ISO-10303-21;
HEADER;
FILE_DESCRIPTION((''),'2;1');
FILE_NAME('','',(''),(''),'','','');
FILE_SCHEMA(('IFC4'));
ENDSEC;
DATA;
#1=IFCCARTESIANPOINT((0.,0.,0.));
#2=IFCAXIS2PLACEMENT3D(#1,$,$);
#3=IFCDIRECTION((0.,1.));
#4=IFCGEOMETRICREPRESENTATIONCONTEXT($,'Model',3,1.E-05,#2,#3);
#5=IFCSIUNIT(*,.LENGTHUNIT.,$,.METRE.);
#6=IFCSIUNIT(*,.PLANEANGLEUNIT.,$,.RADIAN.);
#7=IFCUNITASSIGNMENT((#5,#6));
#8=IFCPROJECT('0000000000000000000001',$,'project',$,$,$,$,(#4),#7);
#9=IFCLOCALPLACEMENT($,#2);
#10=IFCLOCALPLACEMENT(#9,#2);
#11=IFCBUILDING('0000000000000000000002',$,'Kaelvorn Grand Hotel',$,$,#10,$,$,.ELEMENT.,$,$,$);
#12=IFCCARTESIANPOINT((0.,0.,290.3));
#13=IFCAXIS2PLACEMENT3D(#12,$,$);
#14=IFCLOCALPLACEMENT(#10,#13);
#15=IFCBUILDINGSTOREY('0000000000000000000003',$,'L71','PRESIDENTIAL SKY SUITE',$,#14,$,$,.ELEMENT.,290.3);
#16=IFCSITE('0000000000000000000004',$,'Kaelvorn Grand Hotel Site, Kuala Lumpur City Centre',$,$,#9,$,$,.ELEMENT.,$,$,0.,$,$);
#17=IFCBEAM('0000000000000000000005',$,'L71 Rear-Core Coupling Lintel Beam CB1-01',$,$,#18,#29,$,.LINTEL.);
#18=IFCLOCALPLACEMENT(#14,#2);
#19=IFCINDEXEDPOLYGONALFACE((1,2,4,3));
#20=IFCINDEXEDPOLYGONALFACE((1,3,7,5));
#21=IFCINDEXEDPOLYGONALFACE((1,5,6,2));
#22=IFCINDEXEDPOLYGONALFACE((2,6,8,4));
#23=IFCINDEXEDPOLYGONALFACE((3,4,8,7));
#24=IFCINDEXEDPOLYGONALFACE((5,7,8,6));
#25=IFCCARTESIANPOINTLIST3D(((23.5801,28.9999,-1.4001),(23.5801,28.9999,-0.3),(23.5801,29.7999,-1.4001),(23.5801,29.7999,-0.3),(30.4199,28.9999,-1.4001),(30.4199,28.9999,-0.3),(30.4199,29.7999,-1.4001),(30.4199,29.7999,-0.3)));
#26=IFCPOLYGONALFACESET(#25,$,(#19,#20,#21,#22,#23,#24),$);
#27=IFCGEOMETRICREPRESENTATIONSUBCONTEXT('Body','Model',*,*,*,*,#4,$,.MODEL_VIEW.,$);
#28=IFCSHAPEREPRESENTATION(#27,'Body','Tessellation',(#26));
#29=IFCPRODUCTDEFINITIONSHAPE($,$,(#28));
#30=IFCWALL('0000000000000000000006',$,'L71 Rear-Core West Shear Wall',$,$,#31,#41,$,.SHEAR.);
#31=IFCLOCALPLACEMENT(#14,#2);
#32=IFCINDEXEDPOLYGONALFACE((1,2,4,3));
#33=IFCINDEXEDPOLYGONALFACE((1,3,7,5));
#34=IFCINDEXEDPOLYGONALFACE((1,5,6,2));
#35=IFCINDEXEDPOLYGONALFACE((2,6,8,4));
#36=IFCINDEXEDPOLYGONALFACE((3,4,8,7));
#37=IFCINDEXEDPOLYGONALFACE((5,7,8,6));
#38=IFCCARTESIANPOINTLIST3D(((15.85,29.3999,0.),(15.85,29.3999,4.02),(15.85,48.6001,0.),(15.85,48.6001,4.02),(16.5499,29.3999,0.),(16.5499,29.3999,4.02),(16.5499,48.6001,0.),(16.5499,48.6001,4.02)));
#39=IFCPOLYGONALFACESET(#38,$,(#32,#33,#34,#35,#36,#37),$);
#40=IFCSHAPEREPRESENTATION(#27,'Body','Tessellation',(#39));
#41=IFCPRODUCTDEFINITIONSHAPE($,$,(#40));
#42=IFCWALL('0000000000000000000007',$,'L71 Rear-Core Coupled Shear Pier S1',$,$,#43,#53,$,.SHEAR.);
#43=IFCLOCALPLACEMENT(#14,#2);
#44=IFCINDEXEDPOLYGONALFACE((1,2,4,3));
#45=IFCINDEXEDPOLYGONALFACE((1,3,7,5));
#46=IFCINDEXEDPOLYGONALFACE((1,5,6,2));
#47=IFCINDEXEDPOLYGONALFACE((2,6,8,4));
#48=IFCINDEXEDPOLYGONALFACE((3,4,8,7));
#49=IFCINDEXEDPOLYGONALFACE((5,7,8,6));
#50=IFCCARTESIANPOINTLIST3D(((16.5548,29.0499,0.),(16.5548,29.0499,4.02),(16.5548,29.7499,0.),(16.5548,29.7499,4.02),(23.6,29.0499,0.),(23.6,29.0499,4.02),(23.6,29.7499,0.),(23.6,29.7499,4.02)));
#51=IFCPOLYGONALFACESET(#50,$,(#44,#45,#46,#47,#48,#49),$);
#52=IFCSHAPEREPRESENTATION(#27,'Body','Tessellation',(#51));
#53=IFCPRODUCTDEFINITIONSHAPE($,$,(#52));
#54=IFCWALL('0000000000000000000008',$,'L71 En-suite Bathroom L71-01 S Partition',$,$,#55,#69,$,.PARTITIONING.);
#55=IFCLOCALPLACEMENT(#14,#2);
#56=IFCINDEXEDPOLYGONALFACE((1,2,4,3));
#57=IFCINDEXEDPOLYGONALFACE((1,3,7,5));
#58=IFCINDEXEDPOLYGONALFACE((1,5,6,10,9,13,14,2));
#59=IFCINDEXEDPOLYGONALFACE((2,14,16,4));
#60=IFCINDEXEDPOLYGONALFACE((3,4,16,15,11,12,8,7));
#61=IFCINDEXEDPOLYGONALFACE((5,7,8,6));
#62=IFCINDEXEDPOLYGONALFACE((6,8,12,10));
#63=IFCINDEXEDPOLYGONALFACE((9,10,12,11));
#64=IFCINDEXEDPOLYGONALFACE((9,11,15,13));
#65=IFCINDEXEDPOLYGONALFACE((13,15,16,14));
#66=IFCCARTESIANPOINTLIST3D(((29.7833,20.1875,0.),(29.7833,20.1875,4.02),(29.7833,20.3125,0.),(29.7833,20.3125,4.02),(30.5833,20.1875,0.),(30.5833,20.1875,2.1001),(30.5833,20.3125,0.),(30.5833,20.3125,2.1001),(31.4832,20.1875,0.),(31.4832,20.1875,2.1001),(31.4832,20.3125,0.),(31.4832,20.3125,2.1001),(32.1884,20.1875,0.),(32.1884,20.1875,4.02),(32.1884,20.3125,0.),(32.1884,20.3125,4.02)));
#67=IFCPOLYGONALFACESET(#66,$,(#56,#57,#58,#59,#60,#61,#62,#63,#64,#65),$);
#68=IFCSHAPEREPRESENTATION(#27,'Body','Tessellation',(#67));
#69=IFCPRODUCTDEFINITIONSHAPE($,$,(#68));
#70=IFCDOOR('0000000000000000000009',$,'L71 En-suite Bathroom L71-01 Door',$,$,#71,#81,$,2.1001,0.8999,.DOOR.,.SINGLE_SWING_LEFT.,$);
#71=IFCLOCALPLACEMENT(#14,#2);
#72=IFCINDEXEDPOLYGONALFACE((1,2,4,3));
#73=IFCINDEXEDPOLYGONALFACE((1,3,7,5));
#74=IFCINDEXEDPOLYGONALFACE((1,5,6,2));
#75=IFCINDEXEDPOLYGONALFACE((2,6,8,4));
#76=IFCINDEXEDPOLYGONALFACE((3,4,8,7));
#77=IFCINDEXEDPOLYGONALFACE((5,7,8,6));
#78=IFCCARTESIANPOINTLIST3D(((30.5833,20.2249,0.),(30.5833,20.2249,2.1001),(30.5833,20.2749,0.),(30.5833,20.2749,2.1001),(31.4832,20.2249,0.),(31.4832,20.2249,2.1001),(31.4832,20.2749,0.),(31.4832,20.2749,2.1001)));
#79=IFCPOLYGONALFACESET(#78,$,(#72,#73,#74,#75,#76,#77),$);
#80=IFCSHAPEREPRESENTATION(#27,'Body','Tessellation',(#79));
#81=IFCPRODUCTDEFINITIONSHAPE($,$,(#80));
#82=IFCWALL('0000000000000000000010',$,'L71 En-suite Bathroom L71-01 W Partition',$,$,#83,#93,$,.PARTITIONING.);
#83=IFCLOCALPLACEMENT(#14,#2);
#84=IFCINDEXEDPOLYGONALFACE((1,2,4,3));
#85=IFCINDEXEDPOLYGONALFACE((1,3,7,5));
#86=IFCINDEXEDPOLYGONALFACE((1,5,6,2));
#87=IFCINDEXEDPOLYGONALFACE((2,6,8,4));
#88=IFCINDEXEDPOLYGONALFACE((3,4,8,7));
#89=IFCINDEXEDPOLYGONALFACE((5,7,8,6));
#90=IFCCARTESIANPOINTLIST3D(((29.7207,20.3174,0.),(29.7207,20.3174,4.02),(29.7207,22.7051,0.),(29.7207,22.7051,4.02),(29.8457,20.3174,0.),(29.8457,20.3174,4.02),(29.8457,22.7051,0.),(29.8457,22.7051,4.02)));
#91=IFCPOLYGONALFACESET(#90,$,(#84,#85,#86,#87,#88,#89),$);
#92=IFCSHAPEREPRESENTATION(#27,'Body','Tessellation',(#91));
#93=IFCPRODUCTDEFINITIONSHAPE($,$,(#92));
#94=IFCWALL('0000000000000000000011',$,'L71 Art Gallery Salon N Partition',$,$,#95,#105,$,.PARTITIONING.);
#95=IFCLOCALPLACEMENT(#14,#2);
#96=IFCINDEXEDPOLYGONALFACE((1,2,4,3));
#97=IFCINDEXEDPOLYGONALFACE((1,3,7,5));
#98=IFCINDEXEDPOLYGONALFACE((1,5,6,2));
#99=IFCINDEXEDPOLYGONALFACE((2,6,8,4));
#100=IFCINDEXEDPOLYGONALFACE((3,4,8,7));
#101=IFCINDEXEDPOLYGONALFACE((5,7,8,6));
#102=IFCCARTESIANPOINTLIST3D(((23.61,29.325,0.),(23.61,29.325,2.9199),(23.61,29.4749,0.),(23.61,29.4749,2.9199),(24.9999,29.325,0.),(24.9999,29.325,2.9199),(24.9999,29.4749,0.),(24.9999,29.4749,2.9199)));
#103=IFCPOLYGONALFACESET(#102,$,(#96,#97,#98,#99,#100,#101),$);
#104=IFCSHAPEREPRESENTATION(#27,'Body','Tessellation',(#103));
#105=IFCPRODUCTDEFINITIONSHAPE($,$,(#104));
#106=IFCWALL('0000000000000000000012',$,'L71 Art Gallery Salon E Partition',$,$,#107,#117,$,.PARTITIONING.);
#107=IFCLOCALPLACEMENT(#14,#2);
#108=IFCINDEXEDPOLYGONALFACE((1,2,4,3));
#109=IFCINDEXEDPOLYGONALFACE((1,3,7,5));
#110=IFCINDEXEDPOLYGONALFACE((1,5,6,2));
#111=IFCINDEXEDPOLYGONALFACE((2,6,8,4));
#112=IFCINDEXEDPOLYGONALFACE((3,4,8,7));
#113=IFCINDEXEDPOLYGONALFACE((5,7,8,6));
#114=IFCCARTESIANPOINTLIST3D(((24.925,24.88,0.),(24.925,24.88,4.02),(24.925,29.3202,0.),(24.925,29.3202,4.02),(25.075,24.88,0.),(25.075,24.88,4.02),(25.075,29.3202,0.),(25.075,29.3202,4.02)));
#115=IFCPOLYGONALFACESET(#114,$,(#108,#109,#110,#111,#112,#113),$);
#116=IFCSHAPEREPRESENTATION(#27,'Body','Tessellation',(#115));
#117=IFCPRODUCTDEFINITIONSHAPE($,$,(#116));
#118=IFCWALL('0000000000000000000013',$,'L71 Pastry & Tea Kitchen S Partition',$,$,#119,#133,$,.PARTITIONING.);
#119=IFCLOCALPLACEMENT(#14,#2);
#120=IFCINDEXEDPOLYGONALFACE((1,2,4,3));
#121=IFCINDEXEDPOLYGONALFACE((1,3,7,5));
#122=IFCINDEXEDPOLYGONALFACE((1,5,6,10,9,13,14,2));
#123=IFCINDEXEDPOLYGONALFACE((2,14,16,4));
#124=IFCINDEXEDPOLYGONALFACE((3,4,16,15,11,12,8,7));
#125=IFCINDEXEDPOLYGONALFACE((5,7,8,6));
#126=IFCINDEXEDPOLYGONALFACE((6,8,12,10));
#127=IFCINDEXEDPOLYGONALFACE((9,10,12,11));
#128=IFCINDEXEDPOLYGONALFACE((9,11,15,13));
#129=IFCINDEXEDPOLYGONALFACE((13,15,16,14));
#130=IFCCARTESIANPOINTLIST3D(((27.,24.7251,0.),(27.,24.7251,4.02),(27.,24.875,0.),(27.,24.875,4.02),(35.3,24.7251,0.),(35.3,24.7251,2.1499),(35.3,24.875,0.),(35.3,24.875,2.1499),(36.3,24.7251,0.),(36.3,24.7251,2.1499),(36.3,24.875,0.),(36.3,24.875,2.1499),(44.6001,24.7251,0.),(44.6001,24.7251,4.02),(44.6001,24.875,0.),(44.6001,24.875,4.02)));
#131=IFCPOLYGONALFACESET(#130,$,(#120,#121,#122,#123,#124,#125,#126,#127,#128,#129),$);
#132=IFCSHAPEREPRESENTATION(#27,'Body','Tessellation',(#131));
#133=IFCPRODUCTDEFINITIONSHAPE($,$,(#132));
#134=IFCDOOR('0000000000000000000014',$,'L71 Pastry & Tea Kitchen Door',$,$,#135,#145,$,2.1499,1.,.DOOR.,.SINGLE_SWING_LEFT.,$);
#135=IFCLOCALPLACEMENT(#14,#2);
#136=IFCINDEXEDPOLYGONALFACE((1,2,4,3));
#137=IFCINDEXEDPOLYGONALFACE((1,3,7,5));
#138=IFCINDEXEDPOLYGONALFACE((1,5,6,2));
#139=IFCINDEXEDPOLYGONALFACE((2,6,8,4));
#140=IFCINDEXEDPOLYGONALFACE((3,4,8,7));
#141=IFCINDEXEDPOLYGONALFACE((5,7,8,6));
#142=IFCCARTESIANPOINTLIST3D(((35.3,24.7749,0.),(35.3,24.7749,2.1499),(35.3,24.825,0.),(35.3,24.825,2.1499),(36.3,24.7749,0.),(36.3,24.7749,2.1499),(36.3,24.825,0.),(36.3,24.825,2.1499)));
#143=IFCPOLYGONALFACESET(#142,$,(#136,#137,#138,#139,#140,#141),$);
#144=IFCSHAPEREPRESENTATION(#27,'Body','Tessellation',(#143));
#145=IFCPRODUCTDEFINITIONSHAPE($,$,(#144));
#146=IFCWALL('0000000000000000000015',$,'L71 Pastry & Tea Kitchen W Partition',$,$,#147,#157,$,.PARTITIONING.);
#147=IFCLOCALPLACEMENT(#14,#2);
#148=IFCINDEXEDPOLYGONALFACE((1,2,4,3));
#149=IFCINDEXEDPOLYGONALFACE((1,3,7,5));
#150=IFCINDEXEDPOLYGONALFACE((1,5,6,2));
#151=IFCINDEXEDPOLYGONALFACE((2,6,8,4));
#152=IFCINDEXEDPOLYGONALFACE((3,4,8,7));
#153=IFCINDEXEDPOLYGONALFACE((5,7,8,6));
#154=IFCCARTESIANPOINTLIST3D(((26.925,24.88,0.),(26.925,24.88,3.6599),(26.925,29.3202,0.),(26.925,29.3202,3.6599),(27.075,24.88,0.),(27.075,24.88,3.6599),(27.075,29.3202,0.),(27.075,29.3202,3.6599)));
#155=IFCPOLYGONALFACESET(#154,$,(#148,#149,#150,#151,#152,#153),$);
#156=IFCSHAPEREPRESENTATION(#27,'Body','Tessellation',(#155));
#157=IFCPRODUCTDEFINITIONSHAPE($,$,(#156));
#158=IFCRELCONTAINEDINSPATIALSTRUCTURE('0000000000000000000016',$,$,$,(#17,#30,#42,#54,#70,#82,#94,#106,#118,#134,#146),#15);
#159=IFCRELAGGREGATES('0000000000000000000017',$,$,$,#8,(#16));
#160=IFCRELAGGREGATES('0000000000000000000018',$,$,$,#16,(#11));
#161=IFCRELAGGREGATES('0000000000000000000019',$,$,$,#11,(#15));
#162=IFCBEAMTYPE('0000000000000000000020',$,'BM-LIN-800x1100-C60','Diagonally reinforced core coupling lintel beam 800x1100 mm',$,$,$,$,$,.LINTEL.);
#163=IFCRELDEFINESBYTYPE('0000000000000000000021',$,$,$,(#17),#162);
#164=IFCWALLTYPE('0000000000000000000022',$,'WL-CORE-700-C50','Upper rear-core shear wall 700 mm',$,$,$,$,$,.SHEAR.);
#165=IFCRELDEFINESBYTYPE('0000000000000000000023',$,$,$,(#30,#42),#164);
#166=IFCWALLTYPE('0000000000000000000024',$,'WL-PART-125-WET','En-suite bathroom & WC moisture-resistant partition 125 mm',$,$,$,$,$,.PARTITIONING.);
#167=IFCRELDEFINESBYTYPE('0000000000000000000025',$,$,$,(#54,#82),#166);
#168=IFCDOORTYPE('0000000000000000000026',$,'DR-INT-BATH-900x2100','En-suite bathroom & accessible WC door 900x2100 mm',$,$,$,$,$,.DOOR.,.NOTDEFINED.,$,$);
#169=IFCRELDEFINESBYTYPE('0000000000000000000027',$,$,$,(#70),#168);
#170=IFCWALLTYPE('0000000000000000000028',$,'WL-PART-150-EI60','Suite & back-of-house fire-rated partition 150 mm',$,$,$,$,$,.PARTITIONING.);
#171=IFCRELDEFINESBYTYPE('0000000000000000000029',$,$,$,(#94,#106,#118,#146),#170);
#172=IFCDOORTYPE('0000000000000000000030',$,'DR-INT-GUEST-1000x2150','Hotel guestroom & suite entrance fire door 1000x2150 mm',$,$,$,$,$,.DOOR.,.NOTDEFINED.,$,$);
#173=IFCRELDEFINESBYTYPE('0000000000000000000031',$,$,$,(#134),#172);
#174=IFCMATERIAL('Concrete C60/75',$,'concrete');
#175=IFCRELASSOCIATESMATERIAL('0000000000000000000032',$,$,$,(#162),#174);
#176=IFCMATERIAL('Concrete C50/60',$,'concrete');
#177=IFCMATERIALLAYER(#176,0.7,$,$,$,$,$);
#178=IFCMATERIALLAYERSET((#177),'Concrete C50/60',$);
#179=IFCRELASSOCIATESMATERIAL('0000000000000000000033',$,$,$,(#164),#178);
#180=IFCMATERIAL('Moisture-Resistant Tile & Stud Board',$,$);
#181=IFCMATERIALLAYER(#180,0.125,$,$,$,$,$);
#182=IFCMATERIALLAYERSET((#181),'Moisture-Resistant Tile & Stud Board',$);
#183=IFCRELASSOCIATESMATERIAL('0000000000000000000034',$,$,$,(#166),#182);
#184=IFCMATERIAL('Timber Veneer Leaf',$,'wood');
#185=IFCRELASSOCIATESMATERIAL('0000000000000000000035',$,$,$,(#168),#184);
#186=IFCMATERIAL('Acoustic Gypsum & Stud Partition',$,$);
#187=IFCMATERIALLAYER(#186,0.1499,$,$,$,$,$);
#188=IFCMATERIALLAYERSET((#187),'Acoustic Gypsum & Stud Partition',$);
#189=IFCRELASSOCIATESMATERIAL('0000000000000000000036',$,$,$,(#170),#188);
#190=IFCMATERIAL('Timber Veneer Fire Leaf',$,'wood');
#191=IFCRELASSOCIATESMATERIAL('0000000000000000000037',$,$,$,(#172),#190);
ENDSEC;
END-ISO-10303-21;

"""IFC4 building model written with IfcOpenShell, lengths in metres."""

from ifc_helpers import new_model, si_unit, direction, frame, frame_2d, origin, origin_2d, place, context, subcontext, project, spatial, rectangle, extrude, material, layer, layer_set, material_profile, profile_set, type_object, element, fill, save


model = new_model("IFC4")

# Units and contexts
model_context = context("Model", 3, precision=1e-05, world=origin(), true_north=direction((0.0, 1.0)))
body_context = subcontext(model_context, "Body", "Model", "MODEL_VIEW")
ifc_project = project(units=[si_unit("LENGTHUNIT", "METRE"), si_unit("PLANEANGLEUNIT", "RADIAN")], contexts=[model_context])

# Site, building, storey
site_placement = place(None, origin())
site = spatial("IfcSite", under=ifc_project, at=site_placement, Name="Kaelvorn Grand Hotel Site, Kuala Lumpur City Centre", CompositionType="ELEMENT", RefElevation=0.0)
building_placement = place(site_placement, origin())
building = spatial("IfcBuilding", under=site, at=building_placement, Name="Kaelvorn Grand Hotel", CompositionType="ELEMENT")
storey_placement = place(building_placement, frame((0.0, 0.0, 290.3)))
storey = spatial("IfcBuildingStorey", under=building, at=storey_placement, Name="L71", Description="PRESIDENTIAL SKY SUITE", CompositionType="ELEMENT", Elevation=290.3)

# Shared definitions
ifc_material_1 = material(Name="Concrete C50/60", Category="concrete")

# Beam
ifc_material_2 = material(Name="Concrete C60/75", Category="concrete")
ifc_material_profile_1 = material_profile(ifc_material_2, rectangle(XDim=0.8, YDim=1.1001, at=origin_2d()), Name="RC LINTEL 800x1100")
ifc_profile_set_1 = profile_set([ifc_material_profile_1], Name="Concrete C60/75")
beam_type_1 = type_object("IfcBeamType", Name="BM-LIN-800x1100-C60", Description="Diagonally reinforced core coupling lintel beam 800x1100 mm", PredefinedType="LINTEL", material=ifc_profile_set_1)
beam_1_placement = place(storey_placement, frame((23.5801, 29.3999, -0.8501), z_axis=(1.0, 0.0, 0.0), x_axis=(0.0, 1.0, 0.0)))
element("IfcBeam", 1, at=beam_1_placement, inside=storey, type_object=beam_type_1, Name="L71 Rear-Core Coupling Lintel Beam CB1-01", PredefinedType="LINTEL", context=body_context, shape_type="SweptSolid", body=[
    extrude(rectangle(XDim=0.8, YDim=1.1001, at=origin_2d()), origin(), (0.0, 0.0, 1.0), 6.8398),
])

# Walls
ifc_layer_1 = layer(ifc_material_1, 0.7)
ifc_layer_set_1 = layer_set([ifc_layer_1], Name="Concrete C50/60")
wall_type_1 = type_object("IfcWallType", Name="WL-CORE-700-C50", Description="Upper rear-core shear wall 700 mm", PredefinedType="SHEAR", material=ifc_layer_set_1)
wall_1_placement = place(storey_placement, frame((16.2, 29.3999, 0.0), z_axis=(0.0, 0.0, 1.0), x_axis=(0.0, 1.0, 0.0)))
element("IfcWall", 2, at=wall_1_placement, inside=storey, type_object=wall_type_1, Name="L71 Rear-Core West Shear Wall", PredefinedType="SHEAR", context=body_context, shape_type="SweptSolid", body=[
    extrude(rectangle(XDim=19.2002, YDim=0.7, at=frame_2d((9.6001, 0.0))), origin(), (0.0, 0.0, 1.0), 4.02),
])
wall_2_placement = place(storey_placement, frame((16.5549, 29.3999, 0.0), z_axis=(0.0, 0.0, 1.0), x_axis=(1.0, 0.0, 0.0)))
element("IfcWall", 3, at=wall_2_placement, inside=storey, type_object=wall_type_1, Name="L71 Rear-Core Coupled Shear Pier S1", PredefinedType="SHEAR", context=body_context, shape_type="SweptSolid", body=[
    extrude(rectangle(XDim=7.0452, YDim=0.7, at=frame_2d((3.5225, 0.0))), origin(), (0.0, 0.0, 1.0), 4.02),
])

# Wall, opening, door
ifc_material_3 = material(Name="Moisture-Resistant Tile & Stud Board")
ifc_layer_2 = layer(ifc_material_3, 0.125)
ifc_layer_set_2 = layer_set([ifc_layer_2], Name="Moisture-Resistant Tile & Stud Board")
wall_type_2 = type_object("IfcWallType", Name="WL-PART-125-WET", Description="En-suite bathroom & WC moisture-resistant partition 125 mm", PredefinedType="PARTITIONING", material=ifc_layer_set_2)
wall_3_placement = place(storey_placement, frame((29.7832, 20.25, 0.0), z_axis=(0.0, 0.0, 1.0), x_axis=(1.0, 0.0, 0.0)))
wall_3 = element("IfcWall", 4, at=wall_3_placement, inside=storey, type_object=wall_type_2, Name="L71 En-suite Bathroom L71-01 S Partition", PredefinedType="PARTITIONING", context=body_context, shape_type="SweptSolid", body=[
    extrude(rectangle(XDim=2.405, YDim=0.125, at=frame_2d((1.2026, 0.0))), origin(), (0.0, 0.0, 1.0), 4.02),
])
opening_1_placement = place(wall_3_placement, frame((0.8, 0.0, 0.0)))
opening_1 = element("IfcOpeningElement", 5, at=opening_1_placement, cuts=wall_3, PredefinedType="OPENING", context=body_context, shape_type="SweptSolid", body=[
    extrude(rectangle(XDim=0.8999, YDim=2.1001, at=frame_2d((0.45, 1.05))), frame((0.0, 0.0725, 0.0), z_axis=(0.0, -1.0, 0.0), x_axis=(1.0, 0.0, 0.0)), (0.0, 0.0, 1.0), 0.145),
])
ifc_material_4 = material(Name="Timber Veneer Leaf", Category="wood")
door_type_1 = type_object("IfcDoorType", Name="DR-INT-BATH-900x2100", Description="En-suite bathroom & accessible WC door 900x2100 mm", OperationType="NOTDEFINED", PredefinedType="DOOR", material=ifc_material_4)
door_1_placement = place(opening_1_placement, origin())
door_1 = element("IfcDoor", 6, at=door_1_placement, inside=storey, type_object=door_type_1, Name="L71 En-suite Bathroom L71-01 Door", OperationType="SINGLE_SWING_LEFT", OverallHeight=2.1001, OverallWidth=0.8999, PredefinedType="DOOR", context=body_context, shape_type="SweptSolid", body=[
    extrude(rectangle(XDim=0.8999, YDim=2.1001, at=frame_2d((0.45, 1.05))), frame((0.0, 0.0249, 0.0), z_axis=(0.0, -1.0, 0.0), x_axis=(1.0, 0.0, 0.0)), (0.0, 0.0, 1.0), 0.05),
])
fill(opening_1, door_1)

# Walls
wall_4_placement = place(storey_placement, frame((29.7832, 20.3174, 0.0), z_axis=(0.0, 0.0, 1.0), x_axis=(0.0, 1.0, 0.0)))
element("IfcWall", 7, at=wall_4_placement, inside=storey, type_object=wall_type_2, Name="L71 En-suite Bathroom L71-01 W Partition", PredefinedType="PARTITIONING", context=body_context, shape_type="SweptSolid", body=[
    extrude(rectangle(XDim=2.3877, YDim=0.125, at=frame_2d((1.1938, 0.0))), origin(), (0.0, 0.0, 1.0), 4.02),
])
ifc_material_5 = material(Name="Acoustic Gypsum & Stud Partition")
ifc_layer_3 = layer(ifc_material_5, 0.1499)
ifc_layer_set_3 = layer_set([ifc_layer_3], Name="Acoustic Gypsum & Stud Partition")
wall_type_3 = type_object("IfcWallType", Name="WL-PART-150-EI60", Description="Suite & back-of-house fire-rated partition 150 mm", PredefinedType="PARTITIONING", material=ifc_layer_set_3)
wall_5_placement = place(storey_placement, frame((23.6101, 29.3999, 0.0), z_axis=(0.0, 0.0, 1.0), x_axis=(1.0, 0.0, 0.0)))
element("IfcWall", 8, at=wall_5_placement, inside=storey, type_object=wall_type_3, Name="L71 Art Gallery Salon N Partition", PredefinedType="PARTITIONING", context=body_context, shape_type="SweptSolid", body=[
    extrude(rectangle(XDim=1.3899, YDim=0.1499, at=frame_2d((0.6948, 0.0))), origin(), (0.0, 0.0, 1.0), 2.9199),
])
wall_6_placement = place(storey_placement, frame((25.0, 24.8799, 0.0), z_axis=(0.0, 0.0, 1.0), x_axis=(0.0, 1.0, 0.0)))
element("IfcWall", 9, at=wall_6_placement, inside=storey, type_object=wall_type_3, Name="L71 Art Gallery Salon E Partition", PredefinedType="PARTITIONING", context=body_context, shape_type="SweptSolid", body=[
    extrude(rectangle(XDim=4.4402, YDim=0.1499, at=frame_2d((2.2202, 0.0))), origin(), (0.0, 0.0, 1.0), 4.02),
])

# Wall, opening, door
wall_7_placement = place(storey_placement, frame((27.0, 24.8, 0.0), z_axis=(0.0, 0.0, 1.0), x_axis=(1.0, 0.0, 0.0)))
wall_7 = element("IfcWall", 10, at=wall_7_placement, inside=storey, type_object=wall_type_3, Name="L71 Pastry & Tea Kitchen S Partition", PredefinedType="PARTITIONING", context=body_context, shape_type="SweptSolid", body=[
    extrude(rectangle(XDim=17.6001, YDim=0.1499, at=frame_2d((8.8, 0.0))), origin(), (0.0, 0.0, 1.0), 4.02),
])
opening_2_placement = place(wall_7_placement, frame((8.3, 0.0, 0.0)))
opening_2 = element("IfcOpeningElement", 11, at=opening_2_placement, cuts=wall_7, PredefinedType="OPENING", context=body_context, shape_type="SweptSolid", body=[
    extrude(rectangle(XDim=1.0, YDim=2.1499, at=frame_2d((0.5, 1.075))), frame((0.0, 0.085, 0.0), z_axis=(0.0, -1.0, 0.0), x_axis=(1.0, 0.0, 0.0)), (0.0, 0.0, 1.0), 0.1699),
])
ifc_material_6 = material(Name="Timber Veneer Fire Leaf", Category="wood")
door_type_2 = type_object("IfcDoorType", Name="DR-INT-GUEST-1000x2150", Description="Hotel guestroom & suite entrance fire door 1000x2150 mm", OperationType="NOTDEFINED", PredefinedType="DOOR", material=ifc_material_6)
door_2_placement = place(opening_2_placement, origin())
door_2 = element("IfcDoor", 12, at=door_2_placement, inside=storey, type_object=door_type_2, Name="L71 Pastry & Tea Kitchen Door", OperationType="SINGLE_SWING_LEFT", OverallHeight=2.1499, OverallWidth=1.0, PredefinedType="DOOR", context=body_context, shape_type="SweptSolid", body=[
    extrude(rectangle(XDim=1.0, YDim=2.1499, at=frame_2d((0.5, 1.075))), frame((0.0, 0.0249, 0.0), z_axis=(0.0, -1.0, 0.0), x_axis=(1.0, 0.0, 0.0)), (0.0, 0.0, 1.0), 0.05),
])
fill(opening_2, door_2)

# Wall
wall_8_placement = place(storey_placement, frame((27.0, 24.8799, 0.0), z_axis=(0.0, 0.0, 1.0), x_axis=(0.0, 1.0, 0.0)))
element("IfcWall", 13, at=wall_8_placement, inside=storey, type_object=wall_type_3, Name="L71 Pastry & Tea Kitchen W Partition", PredefinedType="PARTITIONING", context=body_context, shape_type="SweptSolid", body=[
    extrude(rectangle(XDim=4.4402, YDim=0.1499, at=frame_2d((2.2202, 0.0))), origin(), (0.0, 0.0, 1.0), 3.6599),
])

save(model, "model.ifc")
